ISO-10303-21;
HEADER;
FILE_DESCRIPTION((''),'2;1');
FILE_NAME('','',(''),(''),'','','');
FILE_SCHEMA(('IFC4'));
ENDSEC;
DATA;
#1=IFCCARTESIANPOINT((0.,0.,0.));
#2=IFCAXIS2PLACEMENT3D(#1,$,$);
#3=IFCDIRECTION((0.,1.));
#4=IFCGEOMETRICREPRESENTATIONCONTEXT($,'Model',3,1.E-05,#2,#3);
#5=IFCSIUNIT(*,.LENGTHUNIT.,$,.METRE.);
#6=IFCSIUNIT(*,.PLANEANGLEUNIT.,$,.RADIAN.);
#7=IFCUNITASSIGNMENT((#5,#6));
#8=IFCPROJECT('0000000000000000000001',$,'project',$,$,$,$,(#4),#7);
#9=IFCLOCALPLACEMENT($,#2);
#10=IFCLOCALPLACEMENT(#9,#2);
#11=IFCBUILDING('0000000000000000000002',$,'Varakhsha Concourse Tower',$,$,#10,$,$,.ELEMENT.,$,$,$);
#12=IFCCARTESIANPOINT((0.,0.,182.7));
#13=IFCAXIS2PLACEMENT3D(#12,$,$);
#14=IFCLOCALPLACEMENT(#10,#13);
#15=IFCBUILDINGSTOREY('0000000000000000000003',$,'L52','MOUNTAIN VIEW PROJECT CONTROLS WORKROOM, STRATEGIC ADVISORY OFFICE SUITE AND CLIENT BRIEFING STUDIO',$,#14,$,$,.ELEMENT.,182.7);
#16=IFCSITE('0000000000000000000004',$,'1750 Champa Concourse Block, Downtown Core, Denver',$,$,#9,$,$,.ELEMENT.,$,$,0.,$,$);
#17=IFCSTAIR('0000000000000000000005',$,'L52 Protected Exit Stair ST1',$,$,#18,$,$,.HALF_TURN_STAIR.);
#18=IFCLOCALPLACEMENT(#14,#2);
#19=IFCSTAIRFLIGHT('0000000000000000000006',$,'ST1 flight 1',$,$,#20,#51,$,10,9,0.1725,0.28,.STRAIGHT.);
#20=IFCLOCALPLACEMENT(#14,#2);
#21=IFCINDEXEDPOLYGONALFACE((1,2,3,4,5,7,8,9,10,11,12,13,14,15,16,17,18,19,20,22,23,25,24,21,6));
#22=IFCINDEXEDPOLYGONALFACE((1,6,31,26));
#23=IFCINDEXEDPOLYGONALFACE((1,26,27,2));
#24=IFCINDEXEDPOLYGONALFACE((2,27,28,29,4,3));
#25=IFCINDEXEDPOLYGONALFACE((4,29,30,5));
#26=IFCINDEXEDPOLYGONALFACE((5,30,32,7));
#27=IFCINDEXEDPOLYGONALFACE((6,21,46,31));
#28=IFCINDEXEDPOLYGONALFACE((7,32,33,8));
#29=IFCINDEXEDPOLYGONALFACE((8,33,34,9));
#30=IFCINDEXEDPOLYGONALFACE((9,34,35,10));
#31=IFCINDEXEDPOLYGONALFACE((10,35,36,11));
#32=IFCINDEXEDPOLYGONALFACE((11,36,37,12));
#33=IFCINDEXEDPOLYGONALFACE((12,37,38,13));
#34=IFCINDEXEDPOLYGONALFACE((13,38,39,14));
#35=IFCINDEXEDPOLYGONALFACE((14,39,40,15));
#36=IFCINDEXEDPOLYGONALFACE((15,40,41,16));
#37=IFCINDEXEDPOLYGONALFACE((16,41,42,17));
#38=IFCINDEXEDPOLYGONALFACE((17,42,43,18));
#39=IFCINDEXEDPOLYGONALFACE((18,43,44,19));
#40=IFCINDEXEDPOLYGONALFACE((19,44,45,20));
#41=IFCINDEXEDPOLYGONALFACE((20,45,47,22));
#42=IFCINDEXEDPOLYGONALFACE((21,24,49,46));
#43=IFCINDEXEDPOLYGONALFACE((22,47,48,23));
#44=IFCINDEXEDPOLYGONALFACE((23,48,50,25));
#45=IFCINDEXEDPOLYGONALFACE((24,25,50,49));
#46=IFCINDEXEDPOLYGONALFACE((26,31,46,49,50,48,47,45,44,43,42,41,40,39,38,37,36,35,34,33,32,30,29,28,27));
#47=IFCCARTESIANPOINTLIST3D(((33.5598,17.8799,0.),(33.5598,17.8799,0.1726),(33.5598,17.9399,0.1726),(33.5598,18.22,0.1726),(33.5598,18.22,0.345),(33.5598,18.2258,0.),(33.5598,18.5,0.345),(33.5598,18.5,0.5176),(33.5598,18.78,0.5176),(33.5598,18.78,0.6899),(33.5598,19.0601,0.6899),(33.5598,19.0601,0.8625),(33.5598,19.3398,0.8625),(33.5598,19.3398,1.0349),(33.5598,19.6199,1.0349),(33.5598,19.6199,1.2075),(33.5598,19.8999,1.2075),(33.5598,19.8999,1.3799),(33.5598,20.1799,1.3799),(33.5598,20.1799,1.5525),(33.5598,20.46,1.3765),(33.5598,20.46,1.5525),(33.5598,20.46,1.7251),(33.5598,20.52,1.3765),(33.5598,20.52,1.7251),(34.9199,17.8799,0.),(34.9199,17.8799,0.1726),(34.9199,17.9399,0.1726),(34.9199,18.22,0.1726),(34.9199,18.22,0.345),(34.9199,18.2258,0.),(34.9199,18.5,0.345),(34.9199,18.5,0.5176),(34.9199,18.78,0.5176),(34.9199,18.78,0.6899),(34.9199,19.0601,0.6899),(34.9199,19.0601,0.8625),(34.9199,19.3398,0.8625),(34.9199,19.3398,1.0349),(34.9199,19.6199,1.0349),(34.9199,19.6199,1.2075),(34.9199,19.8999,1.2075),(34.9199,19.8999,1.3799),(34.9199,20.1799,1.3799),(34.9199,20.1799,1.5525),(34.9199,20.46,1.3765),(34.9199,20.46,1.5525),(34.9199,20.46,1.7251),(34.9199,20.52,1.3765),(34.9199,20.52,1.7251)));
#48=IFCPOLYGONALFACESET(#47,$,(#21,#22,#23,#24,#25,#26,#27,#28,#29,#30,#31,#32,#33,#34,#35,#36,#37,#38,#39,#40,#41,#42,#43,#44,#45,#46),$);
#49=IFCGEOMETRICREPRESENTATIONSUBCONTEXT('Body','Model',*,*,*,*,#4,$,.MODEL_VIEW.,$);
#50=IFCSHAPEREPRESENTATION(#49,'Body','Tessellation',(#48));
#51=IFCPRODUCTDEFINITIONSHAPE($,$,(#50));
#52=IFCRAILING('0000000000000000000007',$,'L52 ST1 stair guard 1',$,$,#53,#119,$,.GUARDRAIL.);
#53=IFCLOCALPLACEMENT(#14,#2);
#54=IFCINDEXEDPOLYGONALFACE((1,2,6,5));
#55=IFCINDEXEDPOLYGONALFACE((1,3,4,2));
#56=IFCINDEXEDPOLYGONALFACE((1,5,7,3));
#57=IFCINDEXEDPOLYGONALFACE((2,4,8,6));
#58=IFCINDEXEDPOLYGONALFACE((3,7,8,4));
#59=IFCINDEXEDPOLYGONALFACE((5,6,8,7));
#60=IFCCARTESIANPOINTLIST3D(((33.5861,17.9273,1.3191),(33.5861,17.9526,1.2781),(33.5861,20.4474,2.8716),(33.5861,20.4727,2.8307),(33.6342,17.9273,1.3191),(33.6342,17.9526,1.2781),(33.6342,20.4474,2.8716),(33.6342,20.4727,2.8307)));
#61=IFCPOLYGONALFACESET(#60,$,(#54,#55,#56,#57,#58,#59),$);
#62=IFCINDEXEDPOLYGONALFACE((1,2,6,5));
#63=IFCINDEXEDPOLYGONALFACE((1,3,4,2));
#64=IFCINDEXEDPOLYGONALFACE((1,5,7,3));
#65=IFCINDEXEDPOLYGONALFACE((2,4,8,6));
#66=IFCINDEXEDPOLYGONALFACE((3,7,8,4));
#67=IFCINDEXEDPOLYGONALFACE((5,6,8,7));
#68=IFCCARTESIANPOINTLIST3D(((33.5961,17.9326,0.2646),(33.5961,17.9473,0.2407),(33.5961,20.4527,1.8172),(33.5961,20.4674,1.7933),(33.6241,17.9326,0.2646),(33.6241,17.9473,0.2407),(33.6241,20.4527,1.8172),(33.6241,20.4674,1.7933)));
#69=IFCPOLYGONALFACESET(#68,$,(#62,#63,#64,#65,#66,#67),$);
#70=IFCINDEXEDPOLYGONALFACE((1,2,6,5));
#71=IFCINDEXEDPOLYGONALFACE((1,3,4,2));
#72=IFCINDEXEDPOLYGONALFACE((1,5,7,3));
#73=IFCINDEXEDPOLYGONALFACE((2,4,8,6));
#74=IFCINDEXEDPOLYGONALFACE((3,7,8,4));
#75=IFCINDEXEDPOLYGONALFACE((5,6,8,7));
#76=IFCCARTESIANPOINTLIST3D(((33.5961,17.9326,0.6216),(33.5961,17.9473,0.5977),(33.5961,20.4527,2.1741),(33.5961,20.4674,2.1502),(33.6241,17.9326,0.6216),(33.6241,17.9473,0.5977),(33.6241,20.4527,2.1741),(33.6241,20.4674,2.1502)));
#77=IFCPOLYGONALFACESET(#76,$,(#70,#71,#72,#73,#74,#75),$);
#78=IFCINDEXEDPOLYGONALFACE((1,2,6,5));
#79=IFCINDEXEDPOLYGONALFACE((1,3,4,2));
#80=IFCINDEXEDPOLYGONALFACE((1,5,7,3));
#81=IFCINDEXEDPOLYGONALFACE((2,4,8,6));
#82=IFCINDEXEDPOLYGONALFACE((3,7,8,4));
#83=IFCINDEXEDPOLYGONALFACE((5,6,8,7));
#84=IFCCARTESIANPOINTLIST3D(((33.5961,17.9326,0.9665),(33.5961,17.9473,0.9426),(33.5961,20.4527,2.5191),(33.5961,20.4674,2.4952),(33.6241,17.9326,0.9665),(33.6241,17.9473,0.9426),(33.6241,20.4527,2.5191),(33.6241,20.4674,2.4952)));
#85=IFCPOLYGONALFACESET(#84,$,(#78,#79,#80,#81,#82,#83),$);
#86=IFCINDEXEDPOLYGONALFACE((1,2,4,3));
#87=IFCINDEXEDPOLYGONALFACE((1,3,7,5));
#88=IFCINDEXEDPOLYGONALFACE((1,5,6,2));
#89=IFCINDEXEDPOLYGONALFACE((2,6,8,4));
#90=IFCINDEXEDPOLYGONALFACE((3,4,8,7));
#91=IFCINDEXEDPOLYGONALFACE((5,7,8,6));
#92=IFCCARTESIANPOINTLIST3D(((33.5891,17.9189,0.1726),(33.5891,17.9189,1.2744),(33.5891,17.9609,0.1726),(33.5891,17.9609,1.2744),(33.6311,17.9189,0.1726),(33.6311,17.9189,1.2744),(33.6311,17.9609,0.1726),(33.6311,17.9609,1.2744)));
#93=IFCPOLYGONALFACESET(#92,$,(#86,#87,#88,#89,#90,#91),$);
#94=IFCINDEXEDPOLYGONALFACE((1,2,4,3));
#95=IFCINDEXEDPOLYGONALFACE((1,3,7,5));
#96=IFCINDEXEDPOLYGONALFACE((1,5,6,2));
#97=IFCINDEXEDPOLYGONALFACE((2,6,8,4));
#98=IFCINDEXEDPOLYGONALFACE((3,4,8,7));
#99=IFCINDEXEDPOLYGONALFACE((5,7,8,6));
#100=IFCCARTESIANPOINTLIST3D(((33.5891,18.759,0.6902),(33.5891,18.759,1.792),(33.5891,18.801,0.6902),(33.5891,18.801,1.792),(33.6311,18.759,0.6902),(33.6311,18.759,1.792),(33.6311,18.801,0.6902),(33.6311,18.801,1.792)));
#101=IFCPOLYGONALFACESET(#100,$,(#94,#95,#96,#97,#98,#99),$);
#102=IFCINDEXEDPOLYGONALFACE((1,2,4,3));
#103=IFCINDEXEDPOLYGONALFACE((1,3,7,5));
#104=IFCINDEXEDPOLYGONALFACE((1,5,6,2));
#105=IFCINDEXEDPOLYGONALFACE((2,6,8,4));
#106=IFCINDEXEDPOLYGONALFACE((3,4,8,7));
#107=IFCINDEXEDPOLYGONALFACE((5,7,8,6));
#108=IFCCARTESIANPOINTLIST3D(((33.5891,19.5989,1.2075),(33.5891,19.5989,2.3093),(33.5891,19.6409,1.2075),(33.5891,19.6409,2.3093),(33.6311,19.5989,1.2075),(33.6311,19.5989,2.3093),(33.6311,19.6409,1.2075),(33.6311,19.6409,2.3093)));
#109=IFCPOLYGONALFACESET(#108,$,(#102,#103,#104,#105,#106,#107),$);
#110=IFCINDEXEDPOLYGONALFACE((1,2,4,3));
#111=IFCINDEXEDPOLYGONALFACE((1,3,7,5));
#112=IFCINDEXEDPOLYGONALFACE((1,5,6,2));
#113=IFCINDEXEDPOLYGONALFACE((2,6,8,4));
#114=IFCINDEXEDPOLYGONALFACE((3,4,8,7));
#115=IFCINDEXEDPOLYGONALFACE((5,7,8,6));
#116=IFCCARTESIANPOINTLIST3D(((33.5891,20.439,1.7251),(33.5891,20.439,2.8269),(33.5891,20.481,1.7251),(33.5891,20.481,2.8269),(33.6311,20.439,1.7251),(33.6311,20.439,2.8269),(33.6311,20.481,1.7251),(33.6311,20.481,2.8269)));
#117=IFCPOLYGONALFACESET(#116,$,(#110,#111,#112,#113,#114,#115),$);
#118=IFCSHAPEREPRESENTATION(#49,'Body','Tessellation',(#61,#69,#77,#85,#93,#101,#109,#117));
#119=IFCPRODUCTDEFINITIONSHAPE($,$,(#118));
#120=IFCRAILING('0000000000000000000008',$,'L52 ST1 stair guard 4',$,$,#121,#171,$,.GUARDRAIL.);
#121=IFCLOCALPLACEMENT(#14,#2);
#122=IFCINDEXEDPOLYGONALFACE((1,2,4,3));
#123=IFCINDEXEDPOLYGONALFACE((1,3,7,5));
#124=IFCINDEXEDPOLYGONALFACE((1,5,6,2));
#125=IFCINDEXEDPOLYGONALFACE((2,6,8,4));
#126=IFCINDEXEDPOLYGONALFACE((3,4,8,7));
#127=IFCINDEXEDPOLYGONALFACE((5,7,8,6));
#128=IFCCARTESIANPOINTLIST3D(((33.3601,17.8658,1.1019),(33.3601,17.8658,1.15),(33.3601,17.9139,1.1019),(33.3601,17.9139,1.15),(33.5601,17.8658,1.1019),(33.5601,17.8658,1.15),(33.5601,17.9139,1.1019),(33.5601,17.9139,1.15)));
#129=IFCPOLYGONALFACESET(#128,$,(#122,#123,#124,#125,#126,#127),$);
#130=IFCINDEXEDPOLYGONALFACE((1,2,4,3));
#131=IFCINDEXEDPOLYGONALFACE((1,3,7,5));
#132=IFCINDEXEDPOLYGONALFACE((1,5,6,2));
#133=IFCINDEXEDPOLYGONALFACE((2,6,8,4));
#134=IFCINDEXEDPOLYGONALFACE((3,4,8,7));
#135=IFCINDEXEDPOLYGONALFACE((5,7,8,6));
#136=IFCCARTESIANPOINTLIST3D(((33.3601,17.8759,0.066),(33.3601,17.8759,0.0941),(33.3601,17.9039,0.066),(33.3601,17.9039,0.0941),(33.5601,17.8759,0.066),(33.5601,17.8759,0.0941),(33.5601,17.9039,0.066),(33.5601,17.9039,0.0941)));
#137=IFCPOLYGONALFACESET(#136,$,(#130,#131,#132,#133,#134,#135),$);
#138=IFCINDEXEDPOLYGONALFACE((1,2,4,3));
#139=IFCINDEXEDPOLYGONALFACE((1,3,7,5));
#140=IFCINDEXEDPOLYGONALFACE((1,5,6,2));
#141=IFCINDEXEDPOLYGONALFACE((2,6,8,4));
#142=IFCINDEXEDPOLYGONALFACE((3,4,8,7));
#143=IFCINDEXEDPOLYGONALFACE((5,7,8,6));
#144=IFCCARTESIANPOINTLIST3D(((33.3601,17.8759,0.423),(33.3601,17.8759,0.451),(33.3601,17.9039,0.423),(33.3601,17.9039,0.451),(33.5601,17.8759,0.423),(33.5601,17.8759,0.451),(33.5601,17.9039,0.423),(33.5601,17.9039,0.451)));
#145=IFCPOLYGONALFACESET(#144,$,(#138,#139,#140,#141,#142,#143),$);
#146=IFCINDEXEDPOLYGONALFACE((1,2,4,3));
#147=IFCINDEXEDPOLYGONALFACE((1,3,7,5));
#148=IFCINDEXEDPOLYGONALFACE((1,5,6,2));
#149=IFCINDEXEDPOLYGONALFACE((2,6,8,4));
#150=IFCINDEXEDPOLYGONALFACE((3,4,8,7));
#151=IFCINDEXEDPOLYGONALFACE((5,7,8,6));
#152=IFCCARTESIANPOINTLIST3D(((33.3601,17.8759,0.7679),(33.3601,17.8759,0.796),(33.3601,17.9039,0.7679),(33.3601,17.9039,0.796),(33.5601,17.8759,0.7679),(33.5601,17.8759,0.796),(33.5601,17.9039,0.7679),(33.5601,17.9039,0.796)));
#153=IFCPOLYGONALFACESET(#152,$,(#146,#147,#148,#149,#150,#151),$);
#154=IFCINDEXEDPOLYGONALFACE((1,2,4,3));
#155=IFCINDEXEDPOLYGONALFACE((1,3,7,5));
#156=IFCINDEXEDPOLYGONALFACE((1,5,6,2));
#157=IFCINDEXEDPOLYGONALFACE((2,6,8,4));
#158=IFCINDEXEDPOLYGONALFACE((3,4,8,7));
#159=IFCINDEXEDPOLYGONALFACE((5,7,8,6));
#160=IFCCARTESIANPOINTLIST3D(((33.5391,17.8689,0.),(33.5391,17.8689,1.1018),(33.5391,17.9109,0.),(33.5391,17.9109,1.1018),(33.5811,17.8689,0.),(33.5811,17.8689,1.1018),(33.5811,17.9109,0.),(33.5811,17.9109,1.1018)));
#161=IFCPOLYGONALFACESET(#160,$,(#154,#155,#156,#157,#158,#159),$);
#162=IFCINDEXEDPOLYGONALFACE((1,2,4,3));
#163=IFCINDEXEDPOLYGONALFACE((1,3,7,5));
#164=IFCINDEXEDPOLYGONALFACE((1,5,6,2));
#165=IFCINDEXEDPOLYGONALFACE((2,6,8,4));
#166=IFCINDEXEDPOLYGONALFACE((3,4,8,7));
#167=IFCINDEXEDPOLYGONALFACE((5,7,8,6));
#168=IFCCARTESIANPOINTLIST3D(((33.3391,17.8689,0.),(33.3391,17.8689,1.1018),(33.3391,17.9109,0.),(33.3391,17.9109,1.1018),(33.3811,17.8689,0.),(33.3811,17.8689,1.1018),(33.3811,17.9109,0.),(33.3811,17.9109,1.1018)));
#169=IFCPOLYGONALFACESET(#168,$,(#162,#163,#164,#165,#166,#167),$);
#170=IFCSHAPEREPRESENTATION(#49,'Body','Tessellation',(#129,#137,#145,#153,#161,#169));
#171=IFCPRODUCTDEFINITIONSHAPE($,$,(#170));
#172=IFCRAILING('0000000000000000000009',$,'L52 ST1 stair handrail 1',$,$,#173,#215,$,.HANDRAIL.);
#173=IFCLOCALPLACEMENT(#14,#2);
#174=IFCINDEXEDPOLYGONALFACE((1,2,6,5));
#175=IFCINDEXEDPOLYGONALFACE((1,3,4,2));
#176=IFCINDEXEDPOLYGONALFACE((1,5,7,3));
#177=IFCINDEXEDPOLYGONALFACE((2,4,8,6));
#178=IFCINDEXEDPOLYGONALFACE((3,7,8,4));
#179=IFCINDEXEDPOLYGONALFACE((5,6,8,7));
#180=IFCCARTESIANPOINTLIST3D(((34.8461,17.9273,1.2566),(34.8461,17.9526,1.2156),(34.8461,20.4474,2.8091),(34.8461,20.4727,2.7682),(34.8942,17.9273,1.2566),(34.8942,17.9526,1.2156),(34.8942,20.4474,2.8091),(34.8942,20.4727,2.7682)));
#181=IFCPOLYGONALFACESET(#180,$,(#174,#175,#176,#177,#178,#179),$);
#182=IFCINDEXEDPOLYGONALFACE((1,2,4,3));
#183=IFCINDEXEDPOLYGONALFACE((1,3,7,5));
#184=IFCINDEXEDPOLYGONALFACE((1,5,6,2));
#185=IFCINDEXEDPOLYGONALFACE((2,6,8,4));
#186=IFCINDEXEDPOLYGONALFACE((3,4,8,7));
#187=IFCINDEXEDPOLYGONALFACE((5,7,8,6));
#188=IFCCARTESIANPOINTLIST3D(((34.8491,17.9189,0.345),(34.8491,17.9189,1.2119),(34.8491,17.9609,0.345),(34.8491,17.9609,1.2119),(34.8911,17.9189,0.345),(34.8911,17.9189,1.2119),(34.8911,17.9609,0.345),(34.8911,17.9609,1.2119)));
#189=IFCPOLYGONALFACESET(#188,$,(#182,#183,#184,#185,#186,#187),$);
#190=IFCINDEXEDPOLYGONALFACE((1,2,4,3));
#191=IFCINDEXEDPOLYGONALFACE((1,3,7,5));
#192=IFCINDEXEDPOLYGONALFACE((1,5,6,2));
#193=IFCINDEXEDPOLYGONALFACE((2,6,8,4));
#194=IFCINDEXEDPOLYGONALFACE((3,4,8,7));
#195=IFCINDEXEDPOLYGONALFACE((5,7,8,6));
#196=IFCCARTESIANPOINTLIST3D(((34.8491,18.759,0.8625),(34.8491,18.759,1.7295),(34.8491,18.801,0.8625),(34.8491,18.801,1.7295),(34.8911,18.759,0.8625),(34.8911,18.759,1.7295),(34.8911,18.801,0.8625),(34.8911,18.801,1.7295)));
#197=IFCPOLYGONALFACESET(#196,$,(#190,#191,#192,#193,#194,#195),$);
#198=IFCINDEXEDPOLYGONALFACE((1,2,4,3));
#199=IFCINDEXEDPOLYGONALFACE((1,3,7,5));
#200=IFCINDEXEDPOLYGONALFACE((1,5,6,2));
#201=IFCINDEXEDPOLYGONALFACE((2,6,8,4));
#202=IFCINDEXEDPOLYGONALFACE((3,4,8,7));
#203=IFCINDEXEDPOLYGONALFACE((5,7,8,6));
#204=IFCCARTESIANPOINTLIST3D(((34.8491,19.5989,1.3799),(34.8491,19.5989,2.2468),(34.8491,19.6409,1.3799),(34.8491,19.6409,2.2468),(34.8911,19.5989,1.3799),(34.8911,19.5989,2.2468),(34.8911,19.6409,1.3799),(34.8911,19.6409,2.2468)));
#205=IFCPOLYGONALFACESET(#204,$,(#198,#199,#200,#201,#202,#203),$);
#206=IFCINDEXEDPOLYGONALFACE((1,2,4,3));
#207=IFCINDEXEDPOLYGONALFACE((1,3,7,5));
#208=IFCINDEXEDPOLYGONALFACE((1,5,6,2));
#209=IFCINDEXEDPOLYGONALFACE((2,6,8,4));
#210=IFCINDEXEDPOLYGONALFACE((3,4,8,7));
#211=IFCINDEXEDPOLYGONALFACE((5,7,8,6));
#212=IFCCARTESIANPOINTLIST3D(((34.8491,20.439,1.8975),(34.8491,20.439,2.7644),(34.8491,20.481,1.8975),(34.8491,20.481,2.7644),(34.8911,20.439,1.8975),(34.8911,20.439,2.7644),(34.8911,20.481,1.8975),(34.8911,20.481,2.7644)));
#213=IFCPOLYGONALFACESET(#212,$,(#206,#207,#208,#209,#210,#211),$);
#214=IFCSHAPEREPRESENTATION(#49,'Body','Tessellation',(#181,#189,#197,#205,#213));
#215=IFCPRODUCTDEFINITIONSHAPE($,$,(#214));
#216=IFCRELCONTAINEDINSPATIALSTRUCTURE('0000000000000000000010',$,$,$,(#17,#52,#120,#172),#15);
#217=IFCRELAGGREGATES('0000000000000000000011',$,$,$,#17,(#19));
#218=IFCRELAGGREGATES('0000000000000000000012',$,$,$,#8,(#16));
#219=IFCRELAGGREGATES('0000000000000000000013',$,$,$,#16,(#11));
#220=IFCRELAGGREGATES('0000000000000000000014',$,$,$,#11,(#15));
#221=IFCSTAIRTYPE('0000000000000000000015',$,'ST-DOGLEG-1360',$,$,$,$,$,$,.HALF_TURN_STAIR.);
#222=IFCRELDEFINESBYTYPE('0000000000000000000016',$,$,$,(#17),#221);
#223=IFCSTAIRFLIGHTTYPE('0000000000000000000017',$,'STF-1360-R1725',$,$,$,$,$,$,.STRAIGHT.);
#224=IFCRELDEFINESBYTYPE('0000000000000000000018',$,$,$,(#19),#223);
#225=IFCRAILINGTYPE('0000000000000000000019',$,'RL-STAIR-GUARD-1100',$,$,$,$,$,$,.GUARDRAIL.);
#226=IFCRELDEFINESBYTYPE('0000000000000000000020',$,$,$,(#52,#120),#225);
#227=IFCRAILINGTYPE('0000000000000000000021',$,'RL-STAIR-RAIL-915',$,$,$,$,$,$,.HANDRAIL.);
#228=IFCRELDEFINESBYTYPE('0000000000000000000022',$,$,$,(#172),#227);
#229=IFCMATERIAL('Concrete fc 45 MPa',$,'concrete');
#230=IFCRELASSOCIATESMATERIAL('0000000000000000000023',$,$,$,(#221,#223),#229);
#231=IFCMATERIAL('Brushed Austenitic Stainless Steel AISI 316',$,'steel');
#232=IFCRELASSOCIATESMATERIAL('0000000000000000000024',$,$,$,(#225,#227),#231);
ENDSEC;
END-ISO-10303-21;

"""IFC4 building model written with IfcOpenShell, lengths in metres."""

from ifc_helpers import new_model, si_unit, direction, frame, origin, origin_2d, place, context, subcontext, project, spatial, polyline, rectangle, outline, extrude, material, type_object, element, aggregate, save


model = new_model("IFC4")

# Units and contexts
model_context = context("Model", 3, precision=1e-05, world=origin(), true_north=direction((0.0, 1.0)))
body_context = subcontext(model_context, "Body", "Model", "MODEL_VIEW")
ifc_project = project(units=[si_unit("LENGTHUNIT", "METRE"), si_unit("PLANEANGLEUNIT", "RADIAN")], contexts=[model_context])

# Site, building, storey
site_placement = place(None, origin())
site = spatial("IfcSite", under=ifc_project, at=site_placement, Name="1750 Champa Concourse Block, Downtown Core, Denver", CompositionType="ELEMENT", RefElevation=0.0)
building_placement = place(site_placement, origin())
building = spatial("IfcBuilding", under=site, at=building_placement, Name="Varakhsha Concourse Tower", CompositionType="ELEMENT")
storey_placement = place(building_placement, frame((0.0, 0.0, 182.7)))
storey = spatial("IfcBuildingStorey", under=building, at=storey_placement, Name="L52", Description="MOUNTAIN VIEW PROJECT CONTROLS WORKROOM, STRATEGIC ADVISORY OFFICE SUITE AND CLIENT BRIEFING STUDIO", CompositionType="ELEMENT", Elevation=182.7)

# Shared definitions
ifc_material_1 = material(Name="Concrete fc 45 MPa", Category="concrete")

# Stair, stair flight
stair_type = type_object("IfcStairType", Name="ST-DOGLEG-1360", PredefinedType="HALF_TURN_STAIR", material=ifc_material_1)
stair_placement = place(storey_placement, origin())
stair = element("IfcStair", 1, at=stair_placement, inside=storey, type_object=stair_type, Name="L52 Protected Exit Stair ST1", PredefinedType="HALF_TURN_STAIR")
stair_flight_type = type_object("IfcStairFlightType", Name="STF-1360-R1725", PredefinedType="STRAIGHT", material=ifc_material_1)
stair_flight_placement = place(storey_placement, frame((34.24, 17.9399, 0.0), z_axis=(0.0, 0.0, 1.0), x_axis=(0.0, 1.0, 0.0)))
stair_flight = element("IfcStairFlight", 2, at=stair_flight_placement, type_object=stair_flight_type, Name="ST1 flight 1", NumberOfRisers=10, NumberOfTreads=9, PredefinedType="STRAIGHT", RiserHeight=0.1725, TreadLength=0.28, context=body_context, shape_type="SweptSolid", body=[
    extrude(outline(polyline([(-0.0601, 0.0), (-0.0601, 0.1726), (0.0, 0.1726), (0.28, 0.1726), (0.28, 0.345), (0.5601, 0.345), (0.5601, 0.5176), (0.8401, 0.5176), (0.8401, 0.6899), (1.1201, 0.6899), (1.1201, 0.8625), (1.3999, 0.8625), (1.3999, 1.0349), (1.6799, 1.0349), (1.6799, 1.2075), (1.96, 1.2075), (1.96, 1.3799), (2.24, 1.3799), (2.24, 1.5525), (2.52, 1.5525), (2.52, 1.7251), (2.5801, 1.7251), (2.5801, 1.3765), (2.52, 1.3765), (0.2859, 0.0), (-0.0601, 0.0)])), frame((0.0, 0.6802, 0.0), z_axis=(0.0, -1.0, 0.0), x_axis=(1.0, 0.0, 0.0)), (0.0, 0.0, 1.0), 1.3601),
])
aggregate(stair, [stair_flight])

# Railings
ifc_material_2 = material(Name="Brushed Austenitic Stainless Steel AISI 316", Category="steel")
railing_type_1 = type_object("IfcRailingType", Name="RL-STAIR-GUARD-1100", PredefinedType="GUARDRAIL", material=ifc_material_2)
railing_1_placement = place(storey_placement, frame((33.6101, 17.9399, 0.1726)))
element("IfcRailing", 3, at=railing_1_placement, inside=storey, type_object=railing_type_1, Name="L52 ST1 stair guard 1", PredefinedType="GUARDRAIL", context=body_context, shape_type="SweptSolid", body=[
    extrude(rectangle(XDim=0.0481, YDim=0.0481, at=origin_2d()), frame((0.0, 0.0, 1.126), z_axis=(0.0, 0.8514, 0.524516), x_axis=(-1.0, 0.0, 0.0)), (0.0, 0.0, 1.0), 2.96),
    extrude(rectangle(XDim=0.0281, YDim=0.0281, at=origin_2d()), frame((0.0, 0.0, 0.0801), z_axis=(0.0, 0.8514, 0.524516), x_axis=(-1.0, 0.0, 0.0)), (0.0, 0.0, 1.0), 2.96),
    extrude(rectangle(XDim=0.0281, YDim=0.0281, at=origin_2d()), frame((0.0, 0.0, 0.437), z_axis=(0.0, 0.8514, 0.524516), x_axis=(-1.0, 0.0, 0.0)), (0.0, 0.0, 1.0), 2.96),
    extrude(rectangle(XDim=0.0281, YDim=0.0281, at=origin_2d()), frame((0.0, 0.0, 0.782), z_axis=(0.0, 0.8514, 0.524516), x_axis=(-1.0, 0.0, 0.0)), (0.0, 0.0, 1.0), 2.96),
    extrude(rectangle(XDim=0.042, YDim=0.042, at=origin_2d()), origin(), (0.0, 0.0, 1.0), 1.1018),
    extrude(rectangle(XDim=0.042, YDim=0.042, at=origin_2d()), frame((0.0, 0.8401, 0.5176)), (0.0, 0.0, 1.0), 1.1018),
    extrude(rectangle(XDim=0.042, YDim=0.042, at=origin_2d()), frame((0.0, 1.6799, 1.0349)), (0.0, 0.0, 1.0), 1.1018),
    extrude(rectangle(XDim=0.042, YDim=0.042, at=origin_2d()), frame((0.0, 2.52, 1.5525)), (0.0, 0.0, 1.0), 1.1018),
])
railing_2_placement = place(storey_placement, frame((33.5601, 17.8899, 0.0)))
element("IfcRailing", 4, at=railing_2_placement, inside=storey, type_object=railing_type_1, Name="L52 ST1 stair guard 4", PredefinedType="GUARDRAIL", context=body_context, shape_type="SweptSolid", body=[
    extrude(rectangle(XDim=0.0481, YDim=0.0481, at=origin_2d()), frame((0.0, 0.0, 1.126), z_axis=(-1.0, 0.0, 0.0), x_axis=(0.0, -1.0, 0.0)), (0.0, 0.0, 1.0), 0.2),
    extrude(rectangle(XDim=0.0281, YDim=0.0281, at=origin_2d()), frame((0.0, 0.0, 0.0801), z_axis=(-1.0, 0.0, 0.0), x_axis=(0.0, -1.0, 0.0)), (0.0, 0.0, 1.0), 0.2),
    extrude(rectangle(XDim=0.0281, YDim=0.0281, at=origin_2d()), frame((0.0, 0.0, 0.437), z_axis=(-1.0, 0.0, 0.0), x_axis=(0.0, -1.0, 0.0)), (0.0, 0.0, 1.0), 0.2),
    extrude(rectangle(XDim=0.0281, YDim=0.0281, at=origin_2d()), frame((0.0, 0.0, 0.782), z_axis=(-1.0, 0.0, 0.0), x_axis=(0.0, -1.0, 0.0)), (0.0, 0.0, 1.0), 0.2),
    extrude(rectangle(XDim=0.042, YDim=0.042, at=origin_2d()), origin(), (0.0, 0.0, 1.0), 1.1018),
    extrude(rectangle(XDim=0.042, YDim=0.042, at=origin_2d()), frame((-0.2, 0.0, 0.0)), (0.0, 0.0, 1.0), 1.1018),
])
railing_type_2 = type_object("IfcRailingType", Name="RL-STAIR-RAIL-915", PredefinedType="HANDRAIL", material=ifc_material_2)
railing_3_placement = place(storey_placement, frame((34.8701, 17.9399, 0.345)))
element("IfcRailing", 5, at=railing_3_placement, inside=storey, type_object=railing_type_2, Name="L52 ST1 stair handrail 1", PredefinedType="HANDRAIL", context=body_context, shape_type="SweptSolid", body=[
    extrude(rectangle(XDim=0.0481, YDim=0.0481, at=origin_2d()), frame((0.0, 0.0, 0.8911), z_axis=(0.0, 0.8514, 0.524516), x_axis=(-1.0, 0.0, 0.0)), (0.0, 0.0, 1.0), 2.96),
    extrude(rectangle(XDim=0.042, YDim=0.042, at=origin_2d()), origin(), (0.0, 0.0, 1.0), 0.8669),
    extrude(rectangle(XDim=0.042, YDim=0.042, at=origin_2d()), frame((0.0, 0.8401, 0.5176)), (0.0, 0.0, 1.0), 0.8669),
    extrude(rectangle(XDim=0.042, YDim=0.042, at=origin_2d()), frame((0.0, 1.6799, 1.0349)), (0.0, 0.0, 1.0), 0.8669),
    extrude(rectangle(XDim=0.042, YDim=0.042, at=origin_2d()), frame((0.0, 2.52, 1.5525)), (0.0, 0.0, 1.0), 0.8669),
])

save(model, "model.ifc")
